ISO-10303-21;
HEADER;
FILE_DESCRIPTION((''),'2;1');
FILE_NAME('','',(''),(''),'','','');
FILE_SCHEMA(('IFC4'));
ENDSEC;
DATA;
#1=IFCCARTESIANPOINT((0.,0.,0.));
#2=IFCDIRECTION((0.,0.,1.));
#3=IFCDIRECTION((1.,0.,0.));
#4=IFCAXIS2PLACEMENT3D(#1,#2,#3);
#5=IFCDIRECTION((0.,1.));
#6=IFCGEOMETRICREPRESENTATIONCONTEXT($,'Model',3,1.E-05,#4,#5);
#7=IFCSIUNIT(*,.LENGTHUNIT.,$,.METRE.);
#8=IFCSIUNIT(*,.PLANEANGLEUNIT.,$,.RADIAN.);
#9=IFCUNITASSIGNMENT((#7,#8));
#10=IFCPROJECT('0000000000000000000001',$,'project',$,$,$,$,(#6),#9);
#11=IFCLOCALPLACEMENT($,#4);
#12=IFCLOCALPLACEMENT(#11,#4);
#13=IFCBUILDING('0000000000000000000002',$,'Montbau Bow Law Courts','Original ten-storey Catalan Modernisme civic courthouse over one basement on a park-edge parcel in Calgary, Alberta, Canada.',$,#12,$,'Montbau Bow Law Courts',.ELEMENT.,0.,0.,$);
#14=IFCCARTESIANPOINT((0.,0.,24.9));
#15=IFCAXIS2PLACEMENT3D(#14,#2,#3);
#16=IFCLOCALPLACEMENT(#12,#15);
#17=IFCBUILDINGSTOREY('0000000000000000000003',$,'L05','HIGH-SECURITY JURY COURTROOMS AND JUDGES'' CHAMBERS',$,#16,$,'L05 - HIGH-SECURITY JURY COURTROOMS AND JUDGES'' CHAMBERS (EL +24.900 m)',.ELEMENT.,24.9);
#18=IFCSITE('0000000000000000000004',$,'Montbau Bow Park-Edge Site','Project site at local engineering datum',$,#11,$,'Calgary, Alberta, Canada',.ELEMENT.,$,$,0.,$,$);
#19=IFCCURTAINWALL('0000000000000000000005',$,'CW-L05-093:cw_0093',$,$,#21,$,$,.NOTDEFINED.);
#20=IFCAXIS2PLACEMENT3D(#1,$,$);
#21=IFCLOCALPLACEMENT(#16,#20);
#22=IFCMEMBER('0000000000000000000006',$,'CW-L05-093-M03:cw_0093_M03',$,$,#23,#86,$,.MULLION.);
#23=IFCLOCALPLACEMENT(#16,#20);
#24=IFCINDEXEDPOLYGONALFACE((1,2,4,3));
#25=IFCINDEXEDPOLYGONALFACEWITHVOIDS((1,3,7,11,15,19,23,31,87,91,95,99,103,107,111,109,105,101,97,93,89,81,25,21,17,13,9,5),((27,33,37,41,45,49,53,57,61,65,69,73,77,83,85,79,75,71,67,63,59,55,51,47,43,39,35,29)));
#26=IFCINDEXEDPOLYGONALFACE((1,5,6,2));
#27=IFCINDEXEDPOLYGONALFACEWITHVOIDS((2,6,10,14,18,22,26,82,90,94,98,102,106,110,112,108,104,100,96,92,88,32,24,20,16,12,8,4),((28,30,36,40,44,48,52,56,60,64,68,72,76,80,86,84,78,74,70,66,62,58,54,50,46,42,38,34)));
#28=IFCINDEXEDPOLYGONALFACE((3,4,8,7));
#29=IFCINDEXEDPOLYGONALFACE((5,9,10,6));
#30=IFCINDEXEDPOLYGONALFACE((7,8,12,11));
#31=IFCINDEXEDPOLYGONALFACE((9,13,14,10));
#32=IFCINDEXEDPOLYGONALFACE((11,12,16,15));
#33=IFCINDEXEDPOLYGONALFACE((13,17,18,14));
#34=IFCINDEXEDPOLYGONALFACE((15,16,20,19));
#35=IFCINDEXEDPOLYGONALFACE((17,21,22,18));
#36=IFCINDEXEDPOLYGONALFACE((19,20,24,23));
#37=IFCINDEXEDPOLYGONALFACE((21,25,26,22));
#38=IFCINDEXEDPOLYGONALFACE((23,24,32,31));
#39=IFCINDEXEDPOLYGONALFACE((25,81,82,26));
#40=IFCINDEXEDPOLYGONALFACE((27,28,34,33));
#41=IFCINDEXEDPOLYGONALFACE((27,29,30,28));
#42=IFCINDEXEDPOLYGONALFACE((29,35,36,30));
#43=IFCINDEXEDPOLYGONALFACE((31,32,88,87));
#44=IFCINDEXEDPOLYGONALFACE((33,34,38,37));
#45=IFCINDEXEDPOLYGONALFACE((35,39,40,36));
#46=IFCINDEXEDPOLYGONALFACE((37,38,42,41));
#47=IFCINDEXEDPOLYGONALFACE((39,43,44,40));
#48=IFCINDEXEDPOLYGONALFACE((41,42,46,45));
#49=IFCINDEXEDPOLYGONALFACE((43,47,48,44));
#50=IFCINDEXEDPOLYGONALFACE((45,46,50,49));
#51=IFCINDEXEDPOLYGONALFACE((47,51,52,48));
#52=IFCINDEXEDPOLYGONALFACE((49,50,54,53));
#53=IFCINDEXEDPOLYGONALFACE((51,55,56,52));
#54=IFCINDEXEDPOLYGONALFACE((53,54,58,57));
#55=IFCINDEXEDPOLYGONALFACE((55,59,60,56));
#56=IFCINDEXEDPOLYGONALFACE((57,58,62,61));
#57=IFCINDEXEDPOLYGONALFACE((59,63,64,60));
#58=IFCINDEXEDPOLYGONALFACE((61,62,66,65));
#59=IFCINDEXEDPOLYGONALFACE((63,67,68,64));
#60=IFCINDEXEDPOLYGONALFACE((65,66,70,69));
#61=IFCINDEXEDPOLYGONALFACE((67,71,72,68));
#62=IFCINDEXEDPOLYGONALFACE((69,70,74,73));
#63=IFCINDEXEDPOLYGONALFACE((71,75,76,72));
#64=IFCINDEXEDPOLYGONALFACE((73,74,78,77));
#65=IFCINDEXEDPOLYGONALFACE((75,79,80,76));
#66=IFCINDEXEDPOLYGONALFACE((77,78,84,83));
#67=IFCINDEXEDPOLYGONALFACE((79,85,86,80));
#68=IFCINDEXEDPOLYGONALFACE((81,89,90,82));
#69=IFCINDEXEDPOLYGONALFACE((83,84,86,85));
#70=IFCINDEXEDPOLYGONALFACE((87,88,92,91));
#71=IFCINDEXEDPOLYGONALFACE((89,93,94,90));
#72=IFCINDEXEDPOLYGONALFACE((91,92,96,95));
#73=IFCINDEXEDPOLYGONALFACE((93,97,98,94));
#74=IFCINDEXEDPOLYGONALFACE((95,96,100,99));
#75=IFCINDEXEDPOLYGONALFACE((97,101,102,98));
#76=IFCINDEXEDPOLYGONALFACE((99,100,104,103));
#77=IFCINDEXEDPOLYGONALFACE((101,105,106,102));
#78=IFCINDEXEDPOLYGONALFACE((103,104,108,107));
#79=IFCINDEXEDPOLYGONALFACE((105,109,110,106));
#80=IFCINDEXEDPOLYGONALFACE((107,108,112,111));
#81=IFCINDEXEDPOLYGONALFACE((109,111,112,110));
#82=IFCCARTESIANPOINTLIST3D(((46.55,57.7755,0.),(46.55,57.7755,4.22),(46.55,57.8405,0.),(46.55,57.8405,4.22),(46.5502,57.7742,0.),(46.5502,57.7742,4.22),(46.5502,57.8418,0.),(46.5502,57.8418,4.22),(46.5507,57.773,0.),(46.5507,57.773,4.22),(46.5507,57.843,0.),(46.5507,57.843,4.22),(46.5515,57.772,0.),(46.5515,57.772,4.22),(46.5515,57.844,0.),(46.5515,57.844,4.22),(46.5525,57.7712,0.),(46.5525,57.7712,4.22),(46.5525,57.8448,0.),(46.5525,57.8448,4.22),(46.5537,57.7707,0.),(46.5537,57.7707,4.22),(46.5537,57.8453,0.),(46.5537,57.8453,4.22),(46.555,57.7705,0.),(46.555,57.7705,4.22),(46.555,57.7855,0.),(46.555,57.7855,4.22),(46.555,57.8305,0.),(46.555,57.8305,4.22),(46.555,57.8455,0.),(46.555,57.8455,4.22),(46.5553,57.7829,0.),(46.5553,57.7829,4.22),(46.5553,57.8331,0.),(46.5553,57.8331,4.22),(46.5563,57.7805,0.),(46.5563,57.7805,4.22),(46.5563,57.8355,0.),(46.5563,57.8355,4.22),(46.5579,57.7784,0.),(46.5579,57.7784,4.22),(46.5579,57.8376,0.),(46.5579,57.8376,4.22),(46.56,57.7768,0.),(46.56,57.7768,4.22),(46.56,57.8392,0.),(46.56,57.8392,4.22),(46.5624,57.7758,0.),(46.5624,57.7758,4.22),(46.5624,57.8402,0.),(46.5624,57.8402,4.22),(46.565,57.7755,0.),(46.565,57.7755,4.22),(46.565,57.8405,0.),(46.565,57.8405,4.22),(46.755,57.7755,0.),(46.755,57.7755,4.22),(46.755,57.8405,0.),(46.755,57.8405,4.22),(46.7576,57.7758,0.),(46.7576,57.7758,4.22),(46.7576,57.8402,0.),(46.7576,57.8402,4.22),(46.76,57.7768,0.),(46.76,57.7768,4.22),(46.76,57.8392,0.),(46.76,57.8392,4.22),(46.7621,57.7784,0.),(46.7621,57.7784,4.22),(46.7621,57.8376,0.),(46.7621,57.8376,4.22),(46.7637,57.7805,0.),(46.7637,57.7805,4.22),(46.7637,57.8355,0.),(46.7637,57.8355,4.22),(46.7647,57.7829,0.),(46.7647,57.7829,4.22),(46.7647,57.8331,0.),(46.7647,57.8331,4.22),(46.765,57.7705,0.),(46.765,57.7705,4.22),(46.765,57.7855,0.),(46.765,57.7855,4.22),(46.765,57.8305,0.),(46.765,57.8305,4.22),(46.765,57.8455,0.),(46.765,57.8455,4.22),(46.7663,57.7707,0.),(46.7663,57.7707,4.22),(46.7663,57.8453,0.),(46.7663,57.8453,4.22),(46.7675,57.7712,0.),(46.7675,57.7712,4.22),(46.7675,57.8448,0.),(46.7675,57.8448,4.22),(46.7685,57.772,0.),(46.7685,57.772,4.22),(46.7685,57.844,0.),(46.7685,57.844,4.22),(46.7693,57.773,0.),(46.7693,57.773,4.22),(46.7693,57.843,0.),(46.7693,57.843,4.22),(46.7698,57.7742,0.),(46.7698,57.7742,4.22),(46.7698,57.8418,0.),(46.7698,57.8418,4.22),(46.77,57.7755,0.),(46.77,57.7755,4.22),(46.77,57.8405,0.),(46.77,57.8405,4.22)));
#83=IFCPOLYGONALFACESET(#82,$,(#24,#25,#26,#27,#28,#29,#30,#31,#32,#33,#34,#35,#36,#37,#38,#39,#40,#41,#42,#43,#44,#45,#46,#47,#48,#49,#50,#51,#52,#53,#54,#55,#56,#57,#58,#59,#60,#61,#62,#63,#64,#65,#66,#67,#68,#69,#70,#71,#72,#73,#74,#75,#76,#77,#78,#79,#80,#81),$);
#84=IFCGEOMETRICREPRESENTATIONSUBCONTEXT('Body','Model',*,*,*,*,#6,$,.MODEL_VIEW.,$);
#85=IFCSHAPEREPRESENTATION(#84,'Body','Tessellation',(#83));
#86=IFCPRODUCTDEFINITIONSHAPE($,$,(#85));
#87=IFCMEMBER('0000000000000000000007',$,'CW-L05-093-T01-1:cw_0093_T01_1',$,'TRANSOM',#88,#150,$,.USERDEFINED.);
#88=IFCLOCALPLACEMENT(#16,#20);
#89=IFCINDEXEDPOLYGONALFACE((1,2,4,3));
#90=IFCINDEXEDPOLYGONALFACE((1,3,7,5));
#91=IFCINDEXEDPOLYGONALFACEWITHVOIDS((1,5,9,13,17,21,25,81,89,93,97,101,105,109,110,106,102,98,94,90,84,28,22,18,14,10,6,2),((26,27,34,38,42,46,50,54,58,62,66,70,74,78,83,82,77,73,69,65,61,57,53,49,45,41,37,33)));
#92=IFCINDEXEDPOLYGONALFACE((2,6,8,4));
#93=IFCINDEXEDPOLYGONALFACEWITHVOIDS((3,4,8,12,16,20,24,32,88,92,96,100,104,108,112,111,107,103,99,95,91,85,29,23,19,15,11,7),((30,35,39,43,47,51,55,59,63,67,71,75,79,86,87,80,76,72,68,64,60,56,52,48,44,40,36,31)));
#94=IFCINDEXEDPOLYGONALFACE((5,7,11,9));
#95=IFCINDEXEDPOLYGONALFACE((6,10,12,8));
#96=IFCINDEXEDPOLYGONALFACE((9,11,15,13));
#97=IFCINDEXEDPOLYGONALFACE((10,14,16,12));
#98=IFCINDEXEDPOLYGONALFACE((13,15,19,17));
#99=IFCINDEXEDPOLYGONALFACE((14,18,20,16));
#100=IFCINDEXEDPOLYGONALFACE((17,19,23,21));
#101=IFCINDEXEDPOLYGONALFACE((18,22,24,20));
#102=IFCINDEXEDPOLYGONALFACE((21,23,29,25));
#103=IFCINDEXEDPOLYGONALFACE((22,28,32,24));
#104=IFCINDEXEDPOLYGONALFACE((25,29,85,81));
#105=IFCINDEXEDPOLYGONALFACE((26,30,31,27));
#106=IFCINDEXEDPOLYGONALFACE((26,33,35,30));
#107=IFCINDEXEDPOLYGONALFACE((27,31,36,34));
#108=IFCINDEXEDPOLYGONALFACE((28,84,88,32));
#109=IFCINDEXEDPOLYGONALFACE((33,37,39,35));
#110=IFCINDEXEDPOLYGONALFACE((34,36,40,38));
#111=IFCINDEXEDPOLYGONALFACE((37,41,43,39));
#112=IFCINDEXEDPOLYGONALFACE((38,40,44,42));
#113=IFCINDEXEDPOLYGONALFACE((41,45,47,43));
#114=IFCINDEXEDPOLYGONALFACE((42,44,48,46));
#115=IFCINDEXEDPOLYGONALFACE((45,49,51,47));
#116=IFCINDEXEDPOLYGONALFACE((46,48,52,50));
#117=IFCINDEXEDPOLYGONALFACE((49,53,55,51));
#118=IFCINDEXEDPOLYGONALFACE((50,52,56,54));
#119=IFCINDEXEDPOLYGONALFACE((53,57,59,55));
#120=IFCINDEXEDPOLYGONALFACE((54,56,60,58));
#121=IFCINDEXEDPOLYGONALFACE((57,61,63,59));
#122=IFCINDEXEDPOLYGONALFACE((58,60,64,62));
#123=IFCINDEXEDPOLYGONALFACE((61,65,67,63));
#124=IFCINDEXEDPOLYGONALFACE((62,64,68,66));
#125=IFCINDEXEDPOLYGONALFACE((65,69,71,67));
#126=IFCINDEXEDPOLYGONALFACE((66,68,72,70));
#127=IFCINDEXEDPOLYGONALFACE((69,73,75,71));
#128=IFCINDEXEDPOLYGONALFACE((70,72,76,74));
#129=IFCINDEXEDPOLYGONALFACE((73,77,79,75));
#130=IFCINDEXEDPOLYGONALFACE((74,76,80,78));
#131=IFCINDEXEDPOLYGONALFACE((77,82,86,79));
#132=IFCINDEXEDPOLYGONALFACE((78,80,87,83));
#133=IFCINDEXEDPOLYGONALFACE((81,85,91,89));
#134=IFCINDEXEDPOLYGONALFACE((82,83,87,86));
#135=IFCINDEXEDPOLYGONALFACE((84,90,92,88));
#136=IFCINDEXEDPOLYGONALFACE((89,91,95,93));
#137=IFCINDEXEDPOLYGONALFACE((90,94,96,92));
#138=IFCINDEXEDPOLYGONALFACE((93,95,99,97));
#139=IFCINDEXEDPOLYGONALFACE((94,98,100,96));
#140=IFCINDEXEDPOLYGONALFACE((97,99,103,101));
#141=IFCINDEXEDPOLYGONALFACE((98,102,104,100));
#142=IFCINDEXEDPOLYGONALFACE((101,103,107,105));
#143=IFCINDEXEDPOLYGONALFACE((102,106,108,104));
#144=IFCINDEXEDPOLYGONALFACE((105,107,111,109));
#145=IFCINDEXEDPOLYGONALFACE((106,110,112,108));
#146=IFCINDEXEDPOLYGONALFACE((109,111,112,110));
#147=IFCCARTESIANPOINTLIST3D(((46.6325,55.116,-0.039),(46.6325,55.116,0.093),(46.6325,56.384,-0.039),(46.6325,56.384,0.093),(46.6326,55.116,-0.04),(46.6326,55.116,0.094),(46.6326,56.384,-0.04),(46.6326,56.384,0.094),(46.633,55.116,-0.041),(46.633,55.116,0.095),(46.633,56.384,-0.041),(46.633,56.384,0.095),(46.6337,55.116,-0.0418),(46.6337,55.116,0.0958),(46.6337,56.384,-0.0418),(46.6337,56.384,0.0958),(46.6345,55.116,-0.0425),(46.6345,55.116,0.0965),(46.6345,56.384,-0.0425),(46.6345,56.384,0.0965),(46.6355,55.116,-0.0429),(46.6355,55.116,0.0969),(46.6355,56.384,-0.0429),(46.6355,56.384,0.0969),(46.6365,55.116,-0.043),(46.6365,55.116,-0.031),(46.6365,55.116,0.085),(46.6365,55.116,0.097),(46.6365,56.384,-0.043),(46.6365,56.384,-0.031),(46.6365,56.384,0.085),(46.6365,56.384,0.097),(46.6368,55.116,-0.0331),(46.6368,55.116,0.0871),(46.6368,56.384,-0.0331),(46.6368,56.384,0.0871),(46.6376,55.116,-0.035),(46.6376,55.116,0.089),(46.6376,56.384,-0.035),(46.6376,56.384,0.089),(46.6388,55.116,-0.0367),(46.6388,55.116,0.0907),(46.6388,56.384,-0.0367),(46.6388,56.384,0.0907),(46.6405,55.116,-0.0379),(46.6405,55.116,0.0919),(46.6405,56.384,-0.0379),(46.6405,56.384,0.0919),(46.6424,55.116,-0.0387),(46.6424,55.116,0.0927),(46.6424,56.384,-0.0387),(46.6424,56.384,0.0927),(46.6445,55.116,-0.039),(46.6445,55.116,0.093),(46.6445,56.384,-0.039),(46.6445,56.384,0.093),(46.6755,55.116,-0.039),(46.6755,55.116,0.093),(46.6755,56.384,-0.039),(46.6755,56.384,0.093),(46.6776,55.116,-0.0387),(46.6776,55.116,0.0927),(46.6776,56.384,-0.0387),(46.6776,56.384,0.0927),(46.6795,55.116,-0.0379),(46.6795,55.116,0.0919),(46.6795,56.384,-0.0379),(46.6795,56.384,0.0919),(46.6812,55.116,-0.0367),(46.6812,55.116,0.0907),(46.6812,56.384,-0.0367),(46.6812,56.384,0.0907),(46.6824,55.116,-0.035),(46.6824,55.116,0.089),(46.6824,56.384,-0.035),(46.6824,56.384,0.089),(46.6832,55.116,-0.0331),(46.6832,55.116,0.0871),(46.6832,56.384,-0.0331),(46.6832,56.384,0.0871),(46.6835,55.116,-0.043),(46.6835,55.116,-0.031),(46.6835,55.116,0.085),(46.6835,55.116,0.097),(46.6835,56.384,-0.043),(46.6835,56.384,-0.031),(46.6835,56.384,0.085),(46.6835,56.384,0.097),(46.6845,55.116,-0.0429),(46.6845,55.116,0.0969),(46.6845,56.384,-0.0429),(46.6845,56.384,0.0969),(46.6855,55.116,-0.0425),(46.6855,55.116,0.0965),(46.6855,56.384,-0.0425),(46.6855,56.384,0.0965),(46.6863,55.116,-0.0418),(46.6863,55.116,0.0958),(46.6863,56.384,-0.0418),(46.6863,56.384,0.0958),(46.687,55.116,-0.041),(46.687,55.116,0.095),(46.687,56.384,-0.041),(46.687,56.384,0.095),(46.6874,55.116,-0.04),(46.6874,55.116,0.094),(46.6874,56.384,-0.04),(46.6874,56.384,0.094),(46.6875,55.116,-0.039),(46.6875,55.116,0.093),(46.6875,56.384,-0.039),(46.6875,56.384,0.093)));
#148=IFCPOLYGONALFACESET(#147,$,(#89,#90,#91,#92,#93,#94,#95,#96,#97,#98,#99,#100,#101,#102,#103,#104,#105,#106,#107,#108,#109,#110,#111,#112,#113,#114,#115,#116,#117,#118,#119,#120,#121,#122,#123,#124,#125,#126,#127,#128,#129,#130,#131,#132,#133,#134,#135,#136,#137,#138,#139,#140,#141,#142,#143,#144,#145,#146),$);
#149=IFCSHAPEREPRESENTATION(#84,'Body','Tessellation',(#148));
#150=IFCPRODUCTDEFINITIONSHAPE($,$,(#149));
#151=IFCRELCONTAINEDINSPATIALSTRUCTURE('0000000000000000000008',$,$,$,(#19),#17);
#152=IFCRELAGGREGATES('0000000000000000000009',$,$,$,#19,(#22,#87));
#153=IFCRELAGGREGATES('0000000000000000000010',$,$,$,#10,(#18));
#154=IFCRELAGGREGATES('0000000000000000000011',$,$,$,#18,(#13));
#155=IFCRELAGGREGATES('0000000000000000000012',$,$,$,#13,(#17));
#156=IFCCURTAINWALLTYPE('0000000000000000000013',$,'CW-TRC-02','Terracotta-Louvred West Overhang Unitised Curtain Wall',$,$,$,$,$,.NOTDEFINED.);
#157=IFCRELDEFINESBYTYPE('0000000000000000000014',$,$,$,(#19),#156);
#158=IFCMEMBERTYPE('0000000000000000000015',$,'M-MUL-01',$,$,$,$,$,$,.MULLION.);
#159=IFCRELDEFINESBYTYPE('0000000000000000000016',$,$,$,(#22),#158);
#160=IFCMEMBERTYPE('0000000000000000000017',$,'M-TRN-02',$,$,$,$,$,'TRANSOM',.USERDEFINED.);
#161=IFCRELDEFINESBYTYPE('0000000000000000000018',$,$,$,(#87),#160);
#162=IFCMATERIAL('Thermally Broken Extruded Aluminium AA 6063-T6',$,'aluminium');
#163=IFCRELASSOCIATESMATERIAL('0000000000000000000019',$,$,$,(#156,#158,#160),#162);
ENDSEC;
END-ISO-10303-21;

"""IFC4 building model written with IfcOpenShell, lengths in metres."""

from ifc_helpers import new_model, si_unit, direction, frame, origin_with_axes, origin_2d_with_axis, place, context, subcontext, project, spatial, hollow_rectangle, extrude, material, material_profile, profile_set, type_object, element, aggregate, save


model = new_model("IFC4")

# Units and contexts
model_context = context("Model", 3, precision=1e-05, world=origin_with_axes(), true_north=direction((0.0, 1.0)))
body_context = subcontext(model_context, "Body", "Model", "MODEL_VIEW")
ifc_project = project(units=[si_unit("LENGTHUNIT", "METRE"), si_unit("PLANEANGLEUNIT", "RADIAN")], contexts=[model_context])

# Site, building, storey
site_placement = place(None, origin_with_axes())
site = spatial("IfcSite", under=ifc_project, at=site_placement, Name="Montbau Bow Park-Edge Site", Description="Project site at local engineering datum", LongName="Calgary, Alberta, Canada", CompositionType="ELEMENT", RefElevation=0.0)
building_placement = place(site_placement, origin_with_axes())
building = spatial("IfcBuilding", under=site, at=building_placement, Name="Montbau Bow Law Courts", Description="Original ten-storey Catalan Modernisme civic courthouse over one basement on a park-edge parcel in Calgary, Alberta, Canada.", LongName="Montbau Bow Law Courts", CompositionType="ELEMENT", ElevationOfRefHeight=0.0, ElevationOfTerrain=0.0)
storey_placement = place(building_placement, frame((0.0, 0.0, 24.9), z_axis=(0.0, 0.0, 1.0), x_axis=(1.0, 0.0, 0.0)))
storey = spatial("IfcBuildingStorey", under=building, at=storey_placement, Name="L05", Description="HIGH-SECURITY JURY COURTROOMS AND JUDGES' CHAMBERS", LongName="L05 - HIGH-SECURITY JURY COURTROOMS AND JUDGES' CHAMBERS (EL +24.900 m)", CompositionType="ELEMENT", Elevation=24.9)

# Curtain wall, members
ifc_material_1 = material(Name="Thermally Broken Extruded Aluminium AA 6063-T6", Category="aluminium")
curtain_wall_type = type_object("IfcCurtainWallType", Name="CW-TRC-02", Description="Terracotta-Louvred West Overhang Unitised Curtain Wall", PredefinedType="NOTDEFINED", material=ifc_material_1)
curtain_wall_placement = place(None, frame((46.66, 55.04, 24.9), z_axis=(0.0, 0.0, 1.0), x_axis=(1.0, 0.0, 0.0)))
curtain_wall = element("IfcCurtainWall", 1, at=curtain_wall_placement, inside=storey, type_object=curtain_wall_type, Name="CW-L05-093:cw_0093", PredefinedType="NOTDEFINED")
ifc_material_profile_1 = material_profile(ifc_material_1, hollow_rectangle(XDim=0.075, YDim=0.22, WallThickness=0.005, InnerFilletRadius=0.01, OuterFilletRadius=0.005, at=origin_2d_with_axis()), Name="CWM-220X75", Category="Main", Priority=0)
ifc_profile_set_1 = profile_set([ifc_material_profile_1], Name="Thermally Broken Extruded Aluminium AA 6063-T6")
member_type_1 = type_object("IfcMemberType", Name="M-MUL-01", PredefinedType="MULLION", material=ifc_profile_set_1)
member_1_placement = place(None, frame((46.66, 57.808, 24.9), z_axis=(0.0, 0.0, 1.0), x_axis=(0.0, 1.0, 0.0)))
member_1 = element("IfcMember", 2, at=member_1_placement, type_object=member_type_1, Name="CW-L05-093-M03:cw_0093_M03", PredefinedType="MULLION", context=body_context, shape_type="SweptSolid", body=[
    extrude(hollow_rectangle(XDim=0.075, YDim=0.22, WallThickness=0.005, InnerFilletRadius=0.01, OuterFilletRadius=0.005, at=origin_2d_with_axis()), origin_with_axes(), (0.0, 0.0, 1.0), 4.22),
])
ifc_material_profile_2 = material_profile(ifc_material_1, hollow_rectangle(XDim=0.055, YDim=0.14, WallThickness=0.004, InnerFilletRadius=0.008, OuterFilletRadius=0.004, at=origin_2d_with_axis()), Name="CWT-140X55", Category="Main", Priority=0)
ifc_profile_set_2 = profile_set([ifc_material_profile_2], Name="Thermally Broken Extruded Aluminium AA 6063-T6")
member_type_2 = type_object("IfcMemberType", Name="M-TRN-02", ElementType="TRANSOM", PredefinedType="USERDEFINED", material=ifc_profile_set_2)
member_2_placement = place(None, frame((46.66, 55.116, 24.927), z_axis=(0.0, 1.0, 0.0), x_axis=(-1.0, 0.0, 0.0)))
member_2 = element("IfcMember", 3, at=member_2_placement, type_object=member_type_2, Name="CW-L05-093-T01-1:cw_0093_T01_1", ObjectType="TRANSOM", PredefinedType="USERDEFINED", context=body_context, shape_type="SweptSolid", body=[
    extrude(hollow_rectangle(XDim=0.055, YDim=0.14, WallThickness=0.004, InnerFilletRadius=0.008, OuterFilletRadius=0.004, at=origin_2d_with_axis()), origin_with_axes(), (0.0, 0.0, 1.0), 1.268),
])
aggregate(curtain_wall, [member_1, member_2])

save(model, "model.ifc")
